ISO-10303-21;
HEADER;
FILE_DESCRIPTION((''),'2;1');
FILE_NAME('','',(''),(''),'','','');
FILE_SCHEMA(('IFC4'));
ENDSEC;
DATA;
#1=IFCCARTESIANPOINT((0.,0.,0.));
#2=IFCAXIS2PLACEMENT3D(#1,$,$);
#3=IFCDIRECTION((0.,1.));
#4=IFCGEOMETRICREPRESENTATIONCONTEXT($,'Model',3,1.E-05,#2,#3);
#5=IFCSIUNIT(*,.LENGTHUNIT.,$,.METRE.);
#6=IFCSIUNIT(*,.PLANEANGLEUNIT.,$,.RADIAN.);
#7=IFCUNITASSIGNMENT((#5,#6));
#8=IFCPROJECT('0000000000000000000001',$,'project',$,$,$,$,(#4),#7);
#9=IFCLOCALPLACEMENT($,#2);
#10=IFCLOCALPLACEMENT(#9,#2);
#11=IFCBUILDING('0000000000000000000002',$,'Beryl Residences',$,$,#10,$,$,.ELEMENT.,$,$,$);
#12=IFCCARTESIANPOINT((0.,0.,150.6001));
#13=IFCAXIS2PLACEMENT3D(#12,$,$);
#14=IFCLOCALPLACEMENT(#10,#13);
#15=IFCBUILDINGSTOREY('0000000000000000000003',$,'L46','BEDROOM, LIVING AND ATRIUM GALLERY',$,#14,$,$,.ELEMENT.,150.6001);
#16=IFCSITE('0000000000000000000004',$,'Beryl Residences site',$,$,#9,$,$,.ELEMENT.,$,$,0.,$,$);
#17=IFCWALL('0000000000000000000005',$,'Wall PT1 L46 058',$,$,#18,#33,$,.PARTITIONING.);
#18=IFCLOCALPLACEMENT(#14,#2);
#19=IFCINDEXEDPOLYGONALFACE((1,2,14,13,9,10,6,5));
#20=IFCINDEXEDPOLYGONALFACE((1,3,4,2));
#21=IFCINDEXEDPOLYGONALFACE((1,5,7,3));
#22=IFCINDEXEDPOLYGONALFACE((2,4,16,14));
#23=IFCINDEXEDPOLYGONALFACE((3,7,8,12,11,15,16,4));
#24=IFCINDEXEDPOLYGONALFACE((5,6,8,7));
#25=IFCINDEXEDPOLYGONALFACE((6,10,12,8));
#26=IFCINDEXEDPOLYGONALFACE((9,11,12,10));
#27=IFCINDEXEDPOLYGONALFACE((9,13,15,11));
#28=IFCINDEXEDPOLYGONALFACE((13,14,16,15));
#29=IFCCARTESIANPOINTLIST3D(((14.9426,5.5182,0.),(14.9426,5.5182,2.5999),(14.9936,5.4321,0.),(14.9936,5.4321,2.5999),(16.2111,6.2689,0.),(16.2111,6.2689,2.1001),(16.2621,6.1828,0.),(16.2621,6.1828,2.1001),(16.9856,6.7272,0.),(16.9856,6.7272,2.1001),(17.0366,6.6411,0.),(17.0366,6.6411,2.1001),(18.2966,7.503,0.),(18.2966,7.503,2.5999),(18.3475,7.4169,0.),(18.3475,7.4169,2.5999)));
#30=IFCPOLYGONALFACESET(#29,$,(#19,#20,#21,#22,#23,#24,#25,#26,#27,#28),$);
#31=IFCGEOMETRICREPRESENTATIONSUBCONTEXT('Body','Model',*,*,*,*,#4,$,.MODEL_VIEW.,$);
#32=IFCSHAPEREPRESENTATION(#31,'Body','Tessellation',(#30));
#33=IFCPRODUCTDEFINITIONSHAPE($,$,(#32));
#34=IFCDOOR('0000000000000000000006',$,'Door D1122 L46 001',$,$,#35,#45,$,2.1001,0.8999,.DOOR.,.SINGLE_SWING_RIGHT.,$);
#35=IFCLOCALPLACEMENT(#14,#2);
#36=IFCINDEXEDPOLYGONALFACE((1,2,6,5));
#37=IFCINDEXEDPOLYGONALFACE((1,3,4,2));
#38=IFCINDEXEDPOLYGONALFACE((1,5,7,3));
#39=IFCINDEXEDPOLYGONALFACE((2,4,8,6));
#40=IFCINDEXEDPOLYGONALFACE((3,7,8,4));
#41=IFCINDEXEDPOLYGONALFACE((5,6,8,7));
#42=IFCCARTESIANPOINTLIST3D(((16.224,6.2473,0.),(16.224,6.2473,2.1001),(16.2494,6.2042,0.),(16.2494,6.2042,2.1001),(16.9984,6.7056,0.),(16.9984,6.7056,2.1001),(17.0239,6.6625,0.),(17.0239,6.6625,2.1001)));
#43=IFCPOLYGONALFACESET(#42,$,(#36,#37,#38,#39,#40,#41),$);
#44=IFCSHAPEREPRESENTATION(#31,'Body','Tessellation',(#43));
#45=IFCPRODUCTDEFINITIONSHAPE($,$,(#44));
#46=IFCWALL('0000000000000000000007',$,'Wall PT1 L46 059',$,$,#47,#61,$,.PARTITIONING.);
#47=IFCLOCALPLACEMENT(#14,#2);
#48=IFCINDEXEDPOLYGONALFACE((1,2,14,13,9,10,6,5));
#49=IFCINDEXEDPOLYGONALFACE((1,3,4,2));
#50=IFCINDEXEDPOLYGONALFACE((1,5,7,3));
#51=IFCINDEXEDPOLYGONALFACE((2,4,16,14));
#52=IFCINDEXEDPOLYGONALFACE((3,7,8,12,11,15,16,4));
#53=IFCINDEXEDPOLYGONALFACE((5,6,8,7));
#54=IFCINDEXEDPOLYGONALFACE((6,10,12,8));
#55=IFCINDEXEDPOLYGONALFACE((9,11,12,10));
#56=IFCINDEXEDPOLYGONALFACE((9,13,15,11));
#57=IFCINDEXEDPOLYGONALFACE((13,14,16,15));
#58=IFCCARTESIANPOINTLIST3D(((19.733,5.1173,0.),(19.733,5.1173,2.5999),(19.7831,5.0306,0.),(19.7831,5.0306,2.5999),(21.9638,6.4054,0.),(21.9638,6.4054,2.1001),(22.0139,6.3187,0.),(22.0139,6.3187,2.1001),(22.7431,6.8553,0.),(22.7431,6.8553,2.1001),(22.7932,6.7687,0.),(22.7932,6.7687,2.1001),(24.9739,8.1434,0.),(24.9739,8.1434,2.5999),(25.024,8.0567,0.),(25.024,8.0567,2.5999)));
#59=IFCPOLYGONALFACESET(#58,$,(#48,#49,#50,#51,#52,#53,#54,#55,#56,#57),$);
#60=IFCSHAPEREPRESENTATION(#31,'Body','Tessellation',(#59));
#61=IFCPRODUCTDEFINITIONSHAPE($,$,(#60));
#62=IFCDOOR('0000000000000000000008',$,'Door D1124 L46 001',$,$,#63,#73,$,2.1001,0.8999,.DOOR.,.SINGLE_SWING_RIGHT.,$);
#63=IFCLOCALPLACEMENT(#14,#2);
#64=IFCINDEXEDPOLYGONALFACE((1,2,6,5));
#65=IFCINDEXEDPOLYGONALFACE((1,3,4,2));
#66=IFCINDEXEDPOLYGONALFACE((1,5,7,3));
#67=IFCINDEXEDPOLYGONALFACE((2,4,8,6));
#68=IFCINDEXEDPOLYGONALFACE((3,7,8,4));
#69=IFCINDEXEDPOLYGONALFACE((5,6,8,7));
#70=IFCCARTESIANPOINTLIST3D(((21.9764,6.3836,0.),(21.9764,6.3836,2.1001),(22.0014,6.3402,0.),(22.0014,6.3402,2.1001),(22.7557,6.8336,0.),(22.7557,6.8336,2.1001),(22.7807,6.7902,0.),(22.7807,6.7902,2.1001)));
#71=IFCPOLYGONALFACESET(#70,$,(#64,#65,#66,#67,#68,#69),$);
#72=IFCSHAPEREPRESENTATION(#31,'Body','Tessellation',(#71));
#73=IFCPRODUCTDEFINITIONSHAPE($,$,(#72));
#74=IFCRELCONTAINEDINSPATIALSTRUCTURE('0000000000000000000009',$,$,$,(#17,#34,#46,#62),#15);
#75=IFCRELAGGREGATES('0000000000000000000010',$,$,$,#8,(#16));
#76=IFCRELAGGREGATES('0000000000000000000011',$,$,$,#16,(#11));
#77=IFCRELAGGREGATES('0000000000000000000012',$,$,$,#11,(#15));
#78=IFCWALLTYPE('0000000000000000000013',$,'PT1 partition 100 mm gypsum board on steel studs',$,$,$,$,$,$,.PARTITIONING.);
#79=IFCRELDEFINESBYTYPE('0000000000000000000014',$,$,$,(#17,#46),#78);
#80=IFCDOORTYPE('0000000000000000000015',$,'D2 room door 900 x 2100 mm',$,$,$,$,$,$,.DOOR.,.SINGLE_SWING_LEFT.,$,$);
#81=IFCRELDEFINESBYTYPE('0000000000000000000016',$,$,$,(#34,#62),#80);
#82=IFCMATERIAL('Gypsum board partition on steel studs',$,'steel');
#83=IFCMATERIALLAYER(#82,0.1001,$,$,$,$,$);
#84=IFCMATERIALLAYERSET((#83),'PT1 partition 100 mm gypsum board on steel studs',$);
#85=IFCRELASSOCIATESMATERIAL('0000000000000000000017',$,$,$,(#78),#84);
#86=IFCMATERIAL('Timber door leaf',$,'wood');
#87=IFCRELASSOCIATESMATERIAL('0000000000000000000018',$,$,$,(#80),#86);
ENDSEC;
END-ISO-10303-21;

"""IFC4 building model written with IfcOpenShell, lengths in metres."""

from ifc_helpers import new_model, si_unit, direction, frame, frame_2d, origin, place, context, subcontext, project, spatial, rectangle, extrude, material, layer, layer_set, type_object, element, fill, save


model = new_model("IFC4")

# Units and contexts
model_context = context("Model", 3, precision=1e-05, world=origin(), true_north=direction((0.0, 1.0)))
body_context = subcontext(model_context, "Body", "Model", "MODEL_VIEW")
ifc_project = project(units=[si_unit("LENGTHUNIT", "METRE"), si_unit("PLANEANGLEUNIT", "RADIAN")], contexts=[model_context])

# Site, building, storey
site_placement = place(None, origin())
site = spatial("IfcSite", under=ifc_project, at=site_placement, Name="Beryl Residences site", CompositionType="ELEMENT", RefElevation=0.0)
building_placement = place(site_placement, origin())
building = spatial("IfcBuilding", under=site, at=building_placement, Name="Beryl Residences", CompositionType="ELEMENT")
storey_placement = place(building_placement, frame((0.0, 0.0, 150.6001)))
storey = spatial("IfcBuildingStorey", under=building, at=storey_placement, Name="L46", Description="BEDROOM, LIVING AND ATRIUM GALLERY", CompositionType="ELEMENT", Elevation=150.6001)

# Shared definitions
ifc_material_1 = material(Name="Gypsum board partition on steel studs", Category="steel")
ifc_layer = layer(ifc_material_1, 0.1001)
ifc_layer_set = layer_set([ifc_layer], Name="PT1 partition 100 mm gypsum board on steel studs")
wall_type = type_object("IfcWallType", Name="PT1 partition 100 mm gypsum board on steel studs", PredefinedType="PARTITIONING", material=ifc_layer_set)
ifc_material_2 = material(Name="Timber door leaf", Category="wood")
door_type_1 = type_object("IfcDoorType", Name="D2 room door 900 x 2100 mm", OperationType="SINGLE_SWING_LEFT", PredefinedType="DOOR", material=ifc_material_2)

# Walls, openings, doors
wall_1_placement = place(storey_placement, frame((14.968, 5.4751, 0.0), z_axis=(0.0, 0.0, 1.0), x_axis=(0.860595, 0.509291, 0.0)))
wall_1 = element("IfcWall", 1, at=wall_1_placement, inside=storey, type_object=wall_type, Name="Wall PT1 L46 058", PredefinedType="PARTITIONING", context=body_context, shape_type="SweptSolid", body=[
    extrude(rectangle(XDim=3.8972, YDim=0.1001, at=frame_2d((1.9487, 0.0))), origin(), (0.0, 0.0, 1.0), 2.5999),
])
opening_1_placement = place(wall_1_placement, frame((1.4741, 0.0, 0.0)))
opening_1 = element("IfcOpeningElement", 2, at=opening_1_placement, cuts=wall_1, PredefinedType="OPENING", context=body_context, shape_type="SweptSolid", body=[
    extrude(rectangle(XDim=0.8999, YDim=2.1001, at=frame_2d((0.45, 1.05))), frame((0.0, 0.0601, 0.0), z_axis=(0.0, -1.0, 0.0), x_axis=(1.0, 0.0, 0.0)), (0.0, 0.0, 1.0), 0.1201),
])
door_1_placement = place(opening_1_placement, origin())
door_1 = element("IfcDoor", 3, at=door_1_placement, inside=storey, type_object=door_type_1, Name="Door D1122 L46 001", OperationType="SINGLE_SWING_RIGHT", OverallHeight=2.1001, OverallWidth=0.8999, PredefinedType="DOOR", context=body_context, shape_type="SweptSolid", body=[
    extrude(rectangle(XDim=0.8999, YDim=2.1001, at=frame_2d((0.45, 1.05))), frame((0.0, 0.0249, 0.0), z_axis=(0.0, -1.0, 0.0), x_axis=(1.0, 0.0, 0.0)), (0.0, 0.0, 1.0), 0.05),
])
fill(opening_1, door_1)
wall_2_placement = place(storey_placement, frame((19.7581, 5.074, 0.0), z_axis=(0.0, 0.0, 1.0), x_axis=(0.866008, 0.500031, 0.0)))
wall_2 = element("IfcWall", 4, at=wall_2_placement, inside=storey, type_object=wall_type, Name="Wall PT1 L46 059", PredefinedType="PARTITIONING", context=body_context, shape_type="SweptSolid", body=[
    extrude(rectangle(XDim=6.0518, YDim=0.1001, at=frame_2d((3.0259, 0.0))), origin(), (0.0, 0.0, 1.0), 2.5999),
])
opening_2_placement = place(wall_2_placement, frame((2.5759, 0.0, 0.0)))
opening_2 = element("IfcOpeningElement", 5, at=opening_2_placement, cuts=wall_2, PredefinedType="OPENING", context=body_context, shape_type="SweptSolid", body=[
    extrude(rectangle(XDim=0.8999, YDim=2.1001, at=frame_2d((0.45, 1.05))), frame((0.0, 0.0601, 0.0), z_axis=(0.0, -1.0, 0.0), x_axis=(1.0, 0.0, 0.0)), (0.0, 0.0, 1.0), 0.1201),
])
door_2_placement = place(opening_2_placement, origin())
door_2 = element("IfcDoor", 6, at=door_2_placement, inside=storey, type_object=door_type_1, Name="Door D1124 L46 001", OperationType="SINGLE_SWING_RIGHT", OverallHeight=2.1001, OverallWidth=0.8999, PredefinedType="DOOR", context=body_context, shape_type="SweptSolid", body=[
    extrude(rectangle(XDim=0.8999, YDim=2.1001, at=frame_2d((0.45, 1.05))), frame((0.0, 0.0249, 0.0), z_axis=(0.0, -1.0, 0.0), x_axis=(1.0, 0.0, 0.0)), (0.0, 0.0, 1.0), 0.05),
])
fill(opening_2, door_2)

save(model, "model.ifc")
